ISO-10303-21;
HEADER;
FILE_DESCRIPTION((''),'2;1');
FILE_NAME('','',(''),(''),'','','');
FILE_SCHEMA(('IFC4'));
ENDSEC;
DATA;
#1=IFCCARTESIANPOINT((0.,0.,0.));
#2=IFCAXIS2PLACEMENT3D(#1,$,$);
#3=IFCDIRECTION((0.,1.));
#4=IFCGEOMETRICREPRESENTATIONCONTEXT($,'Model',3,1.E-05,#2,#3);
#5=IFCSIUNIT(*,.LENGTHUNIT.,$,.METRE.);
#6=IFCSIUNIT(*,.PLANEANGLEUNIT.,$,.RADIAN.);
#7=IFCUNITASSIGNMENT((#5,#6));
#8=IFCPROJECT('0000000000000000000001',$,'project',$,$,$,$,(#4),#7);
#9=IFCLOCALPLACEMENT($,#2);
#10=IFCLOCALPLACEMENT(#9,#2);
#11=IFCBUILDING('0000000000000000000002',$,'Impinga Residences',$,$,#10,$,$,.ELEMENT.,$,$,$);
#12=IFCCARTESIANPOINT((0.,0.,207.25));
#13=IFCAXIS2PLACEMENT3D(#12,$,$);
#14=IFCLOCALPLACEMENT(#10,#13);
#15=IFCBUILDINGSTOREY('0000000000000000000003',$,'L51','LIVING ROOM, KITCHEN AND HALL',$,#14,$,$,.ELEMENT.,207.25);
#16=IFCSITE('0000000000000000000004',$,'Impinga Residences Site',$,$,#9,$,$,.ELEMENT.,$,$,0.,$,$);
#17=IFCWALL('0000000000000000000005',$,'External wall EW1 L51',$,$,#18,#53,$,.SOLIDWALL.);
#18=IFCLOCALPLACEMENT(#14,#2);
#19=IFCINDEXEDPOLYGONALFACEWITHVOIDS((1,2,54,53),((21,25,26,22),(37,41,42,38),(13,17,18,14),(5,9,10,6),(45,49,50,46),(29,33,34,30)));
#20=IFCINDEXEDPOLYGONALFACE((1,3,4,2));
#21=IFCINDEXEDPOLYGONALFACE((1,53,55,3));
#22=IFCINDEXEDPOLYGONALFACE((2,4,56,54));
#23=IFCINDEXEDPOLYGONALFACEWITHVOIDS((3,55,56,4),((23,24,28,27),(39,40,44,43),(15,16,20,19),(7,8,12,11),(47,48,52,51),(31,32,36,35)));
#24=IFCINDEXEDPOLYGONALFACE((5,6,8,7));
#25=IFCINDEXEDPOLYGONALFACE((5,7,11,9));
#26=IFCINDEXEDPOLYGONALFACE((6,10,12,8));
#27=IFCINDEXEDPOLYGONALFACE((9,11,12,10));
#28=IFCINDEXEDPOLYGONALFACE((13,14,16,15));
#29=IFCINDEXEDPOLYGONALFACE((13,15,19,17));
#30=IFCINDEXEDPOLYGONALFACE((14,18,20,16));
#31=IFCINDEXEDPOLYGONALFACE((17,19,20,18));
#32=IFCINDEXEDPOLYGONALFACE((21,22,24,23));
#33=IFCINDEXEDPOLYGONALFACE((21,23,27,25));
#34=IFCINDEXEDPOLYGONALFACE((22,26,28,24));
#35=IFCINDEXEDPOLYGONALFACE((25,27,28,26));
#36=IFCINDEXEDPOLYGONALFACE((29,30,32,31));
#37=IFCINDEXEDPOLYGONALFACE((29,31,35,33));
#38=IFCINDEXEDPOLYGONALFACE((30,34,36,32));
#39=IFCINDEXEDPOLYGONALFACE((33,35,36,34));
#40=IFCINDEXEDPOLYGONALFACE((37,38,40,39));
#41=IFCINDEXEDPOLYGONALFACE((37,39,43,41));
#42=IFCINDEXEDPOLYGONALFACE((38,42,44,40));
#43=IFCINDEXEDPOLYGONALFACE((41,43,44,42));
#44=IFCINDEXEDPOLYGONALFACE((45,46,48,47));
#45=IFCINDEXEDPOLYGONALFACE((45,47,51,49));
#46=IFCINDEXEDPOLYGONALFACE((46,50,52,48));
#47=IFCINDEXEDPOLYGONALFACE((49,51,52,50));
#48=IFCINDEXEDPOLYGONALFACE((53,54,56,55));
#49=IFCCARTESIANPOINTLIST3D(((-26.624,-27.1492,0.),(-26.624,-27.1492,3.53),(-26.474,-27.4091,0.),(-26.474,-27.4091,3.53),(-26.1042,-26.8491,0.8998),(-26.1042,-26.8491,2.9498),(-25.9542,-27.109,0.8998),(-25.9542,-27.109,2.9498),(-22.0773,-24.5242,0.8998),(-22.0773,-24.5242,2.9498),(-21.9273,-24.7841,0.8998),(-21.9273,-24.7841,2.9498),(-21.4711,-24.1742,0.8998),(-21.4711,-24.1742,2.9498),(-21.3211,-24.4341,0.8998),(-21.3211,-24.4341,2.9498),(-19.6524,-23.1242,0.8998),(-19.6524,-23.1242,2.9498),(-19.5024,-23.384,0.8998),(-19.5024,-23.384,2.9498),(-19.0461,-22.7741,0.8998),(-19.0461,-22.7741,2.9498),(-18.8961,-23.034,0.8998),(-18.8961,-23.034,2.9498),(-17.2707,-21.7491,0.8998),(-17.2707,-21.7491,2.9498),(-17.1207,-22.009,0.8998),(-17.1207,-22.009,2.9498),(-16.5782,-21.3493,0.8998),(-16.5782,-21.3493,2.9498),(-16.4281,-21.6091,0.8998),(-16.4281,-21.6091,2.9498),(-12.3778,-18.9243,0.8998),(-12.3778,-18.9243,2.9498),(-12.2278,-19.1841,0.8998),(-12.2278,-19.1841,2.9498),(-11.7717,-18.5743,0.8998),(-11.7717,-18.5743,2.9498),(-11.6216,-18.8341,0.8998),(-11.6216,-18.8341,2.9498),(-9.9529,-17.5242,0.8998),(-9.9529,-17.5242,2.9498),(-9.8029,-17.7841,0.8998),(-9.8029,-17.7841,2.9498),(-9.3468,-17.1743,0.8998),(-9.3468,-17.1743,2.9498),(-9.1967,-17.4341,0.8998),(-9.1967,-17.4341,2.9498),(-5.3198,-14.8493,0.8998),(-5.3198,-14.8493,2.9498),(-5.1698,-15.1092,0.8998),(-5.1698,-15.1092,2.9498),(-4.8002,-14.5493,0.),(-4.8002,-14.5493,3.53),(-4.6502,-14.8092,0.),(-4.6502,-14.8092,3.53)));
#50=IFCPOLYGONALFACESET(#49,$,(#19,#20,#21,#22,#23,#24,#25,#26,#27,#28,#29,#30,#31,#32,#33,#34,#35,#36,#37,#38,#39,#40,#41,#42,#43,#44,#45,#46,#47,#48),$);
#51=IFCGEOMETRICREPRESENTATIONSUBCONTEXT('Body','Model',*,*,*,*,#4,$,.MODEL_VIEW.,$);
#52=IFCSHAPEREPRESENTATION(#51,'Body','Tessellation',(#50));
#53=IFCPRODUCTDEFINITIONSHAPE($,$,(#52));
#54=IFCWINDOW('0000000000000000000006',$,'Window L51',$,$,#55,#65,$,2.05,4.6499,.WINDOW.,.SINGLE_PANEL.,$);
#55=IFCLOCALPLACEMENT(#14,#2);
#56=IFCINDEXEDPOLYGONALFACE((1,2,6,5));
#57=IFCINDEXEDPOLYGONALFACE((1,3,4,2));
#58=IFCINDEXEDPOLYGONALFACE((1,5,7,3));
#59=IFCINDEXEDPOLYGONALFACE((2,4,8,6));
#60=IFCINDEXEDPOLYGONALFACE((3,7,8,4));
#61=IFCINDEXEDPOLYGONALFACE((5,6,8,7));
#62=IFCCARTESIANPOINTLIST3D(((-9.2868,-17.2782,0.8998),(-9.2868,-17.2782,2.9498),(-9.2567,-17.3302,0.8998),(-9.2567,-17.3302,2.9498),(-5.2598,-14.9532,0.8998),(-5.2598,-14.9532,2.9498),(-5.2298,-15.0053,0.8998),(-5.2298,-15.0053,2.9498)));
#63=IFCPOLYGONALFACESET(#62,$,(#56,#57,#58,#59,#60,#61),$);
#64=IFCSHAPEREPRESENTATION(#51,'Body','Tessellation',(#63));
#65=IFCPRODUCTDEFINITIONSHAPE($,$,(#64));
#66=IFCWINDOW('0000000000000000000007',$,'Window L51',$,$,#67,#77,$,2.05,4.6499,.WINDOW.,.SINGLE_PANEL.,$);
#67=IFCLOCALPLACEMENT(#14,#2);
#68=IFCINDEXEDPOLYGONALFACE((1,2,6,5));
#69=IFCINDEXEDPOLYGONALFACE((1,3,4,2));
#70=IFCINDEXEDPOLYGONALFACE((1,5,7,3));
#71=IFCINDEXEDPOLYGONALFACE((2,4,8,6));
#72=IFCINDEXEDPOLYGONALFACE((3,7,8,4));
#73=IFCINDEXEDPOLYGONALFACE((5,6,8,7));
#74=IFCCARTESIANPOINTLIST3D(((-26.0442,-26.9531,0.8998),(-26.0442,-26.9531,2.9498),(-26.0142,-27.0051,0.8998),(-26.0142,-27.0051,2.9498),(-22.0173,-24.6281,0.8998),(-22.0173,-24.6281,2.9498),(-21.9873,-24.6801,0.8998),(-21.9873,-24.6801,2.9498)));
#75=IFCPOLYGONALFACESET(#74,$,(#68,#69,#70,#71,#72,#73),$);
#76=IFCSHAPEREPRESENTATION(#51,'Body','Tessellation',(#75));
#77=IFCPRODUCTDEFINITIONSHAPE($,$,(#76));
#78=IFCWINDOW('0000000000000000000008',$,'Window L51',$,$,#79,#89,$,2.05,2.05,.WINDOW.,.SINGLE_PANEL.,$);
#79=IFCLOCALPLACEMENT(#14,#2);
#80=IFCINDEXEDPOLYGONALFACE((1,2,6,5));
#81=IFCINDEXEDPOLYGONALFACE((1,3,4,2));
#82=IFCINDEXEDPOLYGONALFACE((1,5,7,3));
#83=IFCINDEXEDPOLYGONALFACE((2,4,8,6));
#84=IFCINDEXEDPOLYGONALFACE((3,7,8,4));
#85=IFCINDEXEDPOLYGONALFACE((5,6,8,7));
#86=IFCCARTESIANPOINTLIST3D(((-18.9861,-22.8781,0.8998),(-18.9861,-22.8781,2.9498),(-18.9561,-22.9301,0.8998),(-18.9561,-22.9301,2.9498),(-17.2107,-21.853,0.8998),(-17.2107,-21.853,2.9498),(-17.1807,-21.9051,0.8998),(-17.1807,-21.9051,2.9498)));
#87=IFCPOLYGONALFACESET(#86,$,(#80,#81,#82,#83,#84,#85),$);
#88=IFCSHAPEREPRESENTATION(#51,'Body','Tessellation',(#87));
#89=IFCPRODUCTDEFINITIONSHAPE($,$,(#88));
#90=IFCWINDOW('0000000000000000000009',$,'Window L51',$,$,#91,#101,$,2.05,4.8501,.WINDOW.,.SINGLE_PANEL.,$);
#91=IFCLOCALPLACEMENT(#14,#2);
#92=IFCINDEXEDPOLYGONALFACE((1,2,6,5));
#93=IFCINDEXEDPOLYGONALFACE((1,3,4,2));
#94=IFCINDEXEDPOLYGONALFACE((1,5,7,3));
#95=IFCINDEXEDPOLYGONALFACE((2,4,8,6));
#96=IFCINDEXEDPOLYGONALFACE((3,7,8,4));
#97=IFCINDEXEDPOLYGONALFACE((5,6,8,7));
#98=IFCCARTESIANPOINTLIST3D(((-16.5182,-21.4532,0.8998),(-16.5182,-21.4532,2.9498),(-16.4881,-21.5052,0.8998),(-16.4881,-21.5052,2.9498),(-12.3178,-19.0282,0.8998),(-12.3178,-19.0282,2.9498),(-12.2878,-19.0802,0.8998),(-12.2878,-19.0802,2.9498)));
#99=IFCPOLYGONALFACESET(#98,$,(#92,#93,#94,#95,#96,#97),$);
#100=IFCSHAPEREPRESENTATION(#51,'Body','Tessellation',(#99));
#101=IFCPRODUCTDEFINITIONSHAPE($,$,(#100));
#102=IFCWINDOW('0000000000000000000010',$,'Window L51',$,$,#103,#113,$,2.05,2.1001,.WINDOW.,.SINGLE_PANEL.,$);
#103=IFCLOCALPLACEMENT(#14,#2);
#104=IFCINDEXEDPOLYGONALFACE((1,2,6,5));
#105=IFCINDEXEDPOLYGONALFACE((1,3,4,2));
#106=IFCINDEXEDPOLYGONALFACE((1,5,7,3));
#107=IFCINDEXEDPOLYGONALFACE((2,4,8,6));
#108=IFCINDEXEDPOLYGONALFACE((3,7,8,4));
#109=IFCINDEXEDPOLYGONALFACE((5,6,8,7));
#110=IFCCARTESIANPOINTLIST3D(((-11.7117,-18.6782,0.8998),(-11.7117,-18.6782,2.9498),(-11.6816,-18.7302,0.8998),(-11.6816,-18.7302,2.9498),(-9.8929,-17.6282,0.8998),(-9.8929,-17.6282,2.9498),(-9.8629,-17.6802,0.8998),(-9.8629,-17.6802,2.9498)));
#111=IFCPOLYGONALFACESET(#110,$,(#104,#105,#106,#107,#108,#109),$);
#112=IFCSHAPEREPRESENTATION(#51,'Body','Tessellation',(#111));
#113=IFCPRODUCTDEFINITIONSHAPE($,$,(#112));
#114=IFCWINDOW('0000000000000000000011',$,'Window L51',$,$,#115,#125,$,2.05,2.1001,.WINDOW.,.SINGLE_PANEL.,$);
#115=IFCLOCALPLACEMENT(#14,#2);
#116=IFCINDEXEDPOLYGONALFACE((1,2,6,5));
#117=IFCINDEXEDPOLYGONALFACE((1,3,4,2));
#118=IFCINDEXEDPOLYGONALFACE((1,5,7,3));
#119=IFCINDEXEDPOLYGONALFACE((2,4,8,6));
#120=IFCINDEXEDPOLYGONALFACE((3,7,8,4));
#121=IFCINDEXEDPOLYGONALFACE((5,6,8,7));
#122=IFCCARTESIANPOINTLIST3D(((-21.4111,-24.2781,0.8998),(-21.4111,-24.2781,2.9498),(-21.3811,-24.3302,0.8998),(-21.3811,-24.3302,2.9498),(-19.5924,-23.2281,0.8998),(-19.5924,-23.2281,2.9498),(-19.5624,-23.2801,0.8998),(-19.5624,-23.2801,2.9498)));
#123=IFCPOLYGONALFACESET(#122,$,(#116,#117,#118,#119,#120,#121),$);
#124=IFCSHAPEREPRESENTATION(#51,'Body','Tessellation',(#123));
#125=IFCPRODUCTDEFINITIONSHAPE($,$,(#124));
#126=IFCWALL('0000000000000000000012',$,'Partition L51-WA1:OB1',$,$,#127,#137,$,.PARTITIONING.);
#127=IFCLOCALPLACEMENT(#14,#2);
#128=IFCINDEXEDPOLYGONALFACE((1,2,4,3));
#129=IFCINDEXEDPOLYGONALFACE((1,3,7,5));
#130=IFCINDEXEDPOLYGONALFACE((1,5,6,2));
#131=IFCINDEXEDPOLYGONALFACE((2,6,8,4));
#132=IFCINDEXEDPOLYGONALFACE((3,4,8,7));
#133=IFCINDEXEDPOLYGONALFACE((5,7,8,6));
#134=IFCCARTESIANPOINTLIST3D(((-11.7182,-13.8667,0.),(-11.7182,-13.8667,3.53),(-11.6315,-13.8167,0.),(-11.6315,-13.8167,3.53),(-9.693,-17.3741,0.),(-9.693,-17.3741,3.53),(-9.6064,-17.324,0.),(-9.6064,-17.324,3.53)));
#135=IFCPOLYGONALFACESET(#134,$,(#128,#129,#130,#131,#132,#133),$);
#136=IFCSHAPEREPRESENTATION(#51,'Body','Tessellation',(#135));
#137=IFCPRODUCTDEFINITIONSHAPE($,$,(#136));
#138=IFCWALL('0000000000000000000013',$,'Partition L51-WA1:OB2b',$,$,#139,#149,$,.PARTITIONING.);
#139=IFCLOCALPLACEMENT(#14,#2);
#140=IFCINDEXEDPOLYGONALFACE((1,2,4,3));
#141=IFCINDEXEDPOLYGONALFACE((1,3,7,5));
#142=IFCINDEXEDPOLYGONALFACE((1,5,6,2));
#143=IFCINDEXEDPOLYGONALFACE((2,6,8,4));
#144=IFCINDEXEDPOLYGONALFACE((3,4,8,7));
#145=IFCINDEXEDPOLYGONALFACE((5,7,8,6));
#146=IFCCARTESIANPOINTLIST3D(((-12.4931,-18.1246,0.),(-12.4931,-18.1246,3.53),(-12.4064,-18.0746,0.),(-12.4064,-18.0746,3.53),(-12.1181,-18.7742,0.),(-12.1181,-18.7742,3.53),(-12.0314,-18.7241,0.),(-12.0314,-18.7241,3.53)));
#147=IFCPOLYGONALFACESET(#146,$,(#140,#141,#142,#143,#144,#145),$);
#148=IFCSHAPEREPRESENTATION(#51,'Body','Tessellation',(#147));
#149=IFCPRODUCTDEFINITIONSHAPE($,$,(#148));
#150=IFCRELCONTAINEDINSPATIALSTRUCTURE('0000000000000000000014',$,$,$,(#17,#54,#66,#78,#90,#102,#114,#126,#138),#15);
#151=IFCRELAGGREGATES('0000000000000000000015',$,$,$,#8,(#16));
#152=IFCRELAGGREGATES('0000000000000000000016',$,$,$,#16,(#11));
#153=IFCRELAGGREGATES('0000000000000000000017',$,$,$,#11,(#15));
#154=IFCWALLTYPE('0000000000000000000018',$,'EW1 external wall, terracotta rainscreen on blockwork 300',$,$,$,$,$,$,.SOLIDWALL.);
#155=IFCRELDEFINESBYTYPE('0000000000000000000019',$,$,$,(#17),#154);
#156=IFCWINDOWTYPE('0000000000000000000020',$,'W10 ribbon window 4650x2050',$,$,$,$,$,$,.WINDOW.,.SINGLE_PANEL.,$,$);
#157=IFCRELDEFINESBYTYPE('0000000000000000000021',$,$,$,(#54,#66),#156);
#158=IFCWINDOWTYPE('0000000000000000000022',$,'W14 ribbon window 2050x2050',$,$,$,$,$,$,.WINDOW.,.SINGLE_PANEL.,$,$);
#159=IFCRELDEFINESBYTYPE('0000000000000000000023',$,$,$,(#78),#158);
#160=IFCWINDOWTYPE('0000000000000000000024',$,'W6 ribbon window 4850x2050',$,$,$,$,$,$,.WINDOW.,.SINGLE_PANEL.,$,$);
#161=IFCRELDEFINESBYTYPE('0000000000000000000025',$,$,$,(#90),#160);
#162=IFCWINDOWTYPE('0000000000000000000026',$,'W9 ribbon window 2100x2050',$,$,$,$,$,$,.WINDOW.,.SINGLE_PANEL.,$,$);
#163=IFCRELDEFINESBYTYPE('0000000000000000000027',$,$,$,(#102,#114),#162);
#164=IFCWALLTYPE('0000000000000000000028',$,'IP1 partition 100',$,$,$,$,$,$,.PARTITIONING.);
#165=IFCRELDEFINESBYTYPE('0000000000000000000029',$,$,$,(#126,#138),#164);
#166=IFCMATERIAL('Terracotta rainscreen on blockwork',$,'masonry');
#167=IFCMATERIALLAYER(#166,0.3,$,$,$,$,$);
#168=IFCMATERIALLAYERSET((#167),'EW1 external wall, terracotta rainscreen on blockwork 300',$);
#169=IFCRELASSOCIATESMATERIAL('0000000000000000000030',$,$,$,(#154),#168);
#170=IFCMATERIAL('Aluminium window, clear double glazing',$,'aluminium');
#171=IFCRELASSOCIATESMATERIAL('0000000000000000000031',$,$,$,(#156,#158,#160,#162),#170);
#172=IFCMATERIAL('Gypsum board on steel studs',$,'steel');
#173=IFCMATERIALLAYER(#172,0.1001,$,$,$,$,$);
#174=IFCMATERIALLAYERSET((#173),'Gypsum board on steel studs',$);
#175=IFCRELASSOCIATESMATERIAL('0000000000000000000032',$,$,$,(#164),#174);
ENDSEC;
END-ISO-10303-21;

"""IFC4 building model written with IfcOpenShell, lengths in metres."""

from ifc_helpers import new_model, si_unit, direction, frame, frame_2d, origin, place, context, subcontext, project, spatial, rectangle, extrude, material, layer, layer_set, type_object, element, fill, save


model = new_model("IFC4")

# Units and contexts
model_context = context("Model", 3, precision=1e-05, world=origin(), true_north=direction((0.0, 1.0)))
body_context = subcontext(model_context, "Body", "Model", "MODEL_VIEW")
ifc_project = project(units=[si_unit("LENGTHUNIT", "METRE"), si_unit("PLANEANGLEUNIT", "RADIAN")], contexts=[model_context])

# Site, building, storey
site_placement = place(None, origin())
site = spatial("IfcSite", under=ifc_project, at=site_placement, Name="Impinga Residences Site", CompositionType="ELEMENT", RefElevation=0.0)
building_placement = place(site_placement, origin())
building = spatial("IfcBuilding", under=site, at=building_placement, Name="Impinga Residences", CompositionType="ELEMENT")
storey_placement = place(building_placement, frame((0.0, 0.0, 207.25)))
storey = spatial("IfcBuildingStorey", under=building, at=storey_placement, Name="L51", Description="LIVING ROOM, KITCHEN AND HALL", CompositionType="ELEMENT", Elevation=207.25)

# Shared definitions
ifc_material_1 = material(Name="Terracotta rainscreen on blockwork", Category="masonry")
ifc_layer_1 = layer(ifc_material_1, 0.3)
ifc_layer_set_1 = layer_set([ifc_layer_1], Name="EW1 external wall, terracotta rainscreen on blockwork 300")
wall_type_1 = type_object("IfcWallType", Name="EW1 external wall, terracotta rainscreen on blockwork 300", PredefinedType="SOLIDWALL", material=ifc_layer_set_1)

# Wall, openings, windows
wall_1_placement = place(storey_placement, frame((-4.7251, -14.6792, 0.0), z_axis=(0.0, 0.0, 1.0), x_axis=(-0.866027, -0.499998, 0.0)))
wall_1 = element("IfcWall", 1, at=wall_1_placement, inside=storey, type_object=wall_type_1, Name="External wall EW1 L51", PredefinedType="SOLIDWALL", context=body_context, shape_type="SweptSolid", body=[
    extrude(rectangle(XDim=25.2, YDim=0.3, at=frame_2d((12.6001, 0.0))), origin(), (0.0, 0.0, 1.0), 3.53),
])
opening_1_placement = place(wall_1_placement, frame((0.6001, 0.0, 0.8999)))
opening_1 = element("IfcOpeningElement", 2, at=opening_1_placement, cuts=wall_1, PredefinedType="OPENING", context=body_context, shape_type="SweptSolid", body=[
    extrude(rectangle(XDim=4.6499, YDim=2.05, at=frame_2d((2.325, 1.0249))), frame((0.0, 0.1599, 0.0), z_axis=(0.0, -1.0, 0.0), x_axis=(1.0, 0.0, 0.0)), (0.0, 0.0, 1.0), 0.3201),
])
opening_2_placement = place(wall_1_placement, frame((5.95, 0.0, 0.8999)))
opening_2 = element("IfcOpeningElement", 3, at=opening_2_placement, cuts=wall_1, PredefinedType="OPENING", context=body_context, shape_type="SweptSolid", body=[
    extrude(rectangle(XDim=2.1001, YDim=2.05, at=frame_2d((1.05, 1.0249))), frame((0.0, 0.1599, 0.0), z_axis=(0.0, -1.0, 0.0), x_axis=(1.0, 0.0, 0.0)), (0.0, 0.0, 1.0), 0.3201),
])
opening_3_placement = place(wall_1_placement, frame((8.75, 0.0, 0.8999)))
opening_3 = element("IfcOpeningElement", 4, at=opening_3_placement, cuts=wall_1, PredefinedType="OPENING", context=body_context, shape_type="SweptSolid", body=[
    extrude(rectangle(XDim=4.8501, YDim=2.05, at=frame_2d((2.425, 1.0249))), frame((0.0, 0.1599, 0.0), z_axis=(0.0, -1.0, 0.0), x_axis=(1.0, 0.0, 0.0)), (0.0, 0.0, 1.0), 0.3201),
])
opening_4_placement = place(wall_1_placement, frame((14.3999, 0.0, 0.8999)))
opening_4 = element("IfcOpeningElement", 5, at=opening_4_placement, cuts=wall_1, PredefinedType="OPENING", context=body_context, shape_type="SweptSolid", body=[
    extrude(rectangle(XDim=2.05, YDim=2.05, at=frame_2d((1.0249, 1.0249))), frame((0.0, 0.1599, 0.0), z_axis=(0.0, -1.0, 0.0), x_axis=(1.0, 0.0, 0.0)), (0.0, 0.0, 1.0), 0.3201),
])
opening_5_placement = place(wall_1_placement, frame((17.1499, 0.0, 0.8999)))
opening_5 = element("IfcOpeningElement", 6, at=opening_5_placement, cuts=wall_1, PredefinedType="OPENING", context=body_context, shape_type="SweptSolid", body=[
    extrude(rectangle(XDim=2.1001, YDim=2.05, at=frame_2d((1.05, 1.0249))), frame((0.0, 0.1599, 0.0), z_axis=(0.0, -1.0, 0.0), x_axis=(1.0, 0.0, 0.0)), (0.0, 0.0, 1.0), 0.3201),
])
opening_6_placement = place(wall_1_placement, frame((19.95, 0.0, 0.8999)))
opening_6 = element("IfcOpeningElement", 7, at=opening_6_placement, cuts=wall_1, PredefinedType="OPENING", context=body_context, shape_type="SweptSolid", body=[
    extrude(rectangle(XDim=4.6499, YDim=2.05, at=frame_2d((2.325, 1.0249))), frame((0.0, 0.1599, 0.0), z_axis=(0.0, -1.0, 0.0), x_axis=(1.0, 0.0, 0.0)), (0.0, 0.0, 1.0), 0.3201),
])
ifc_material_2 = material(Name="Aluminium window, clear double glazing", Category="aluminium")
window_type_1 = type_object("IfcWindowType", Name="W10 ribbon window 4650x2050", PartitioningType="SINGLE_PANEL", PredefinedType="WINDOW", material=ifc_material_2)
window_1_placement = place(opening_1_placement, origin())
window_1 = element("IfcWindow", 8, at=window_1_placement, inside=storey, type_object=window_type_1, Name="Window L51", OverallHeight=2.05, OverallWidth=4.6499, PartitioningType="SINGLE_PANEL", PredefinedType="WINDOW", context=body_context, shape_type="SweptSolid", body=[
    extrude(rectangle(XDim=4.6499, YDim=2.05, at=frame_2d((2.325, 1.0249))), frame((0.0, 0.03, 0.0), z_axis=(0.0, -1.0, 0.0), x_axis=(1.0, 0.0, 0.0)), (0.0, 0.0, 1.0), 0.0601),
])
fill(opening_1, window_1)
window_2_placement = place(opening_6_placement, origin())
window_2 = element("IfcWindow", 9, at=window_2_placement, inside=storey, type_object=window_type_1, Name="Window L51", OverallHeight=2.05, OverallWidth=4.6499, PartitioningType="SINGLE_PANEL", PredefinedType="WINDOW", context=body_context, shape_type="SweptSolid", body=[
    extrude(rectangle(XDim=4.6499, YDim=2.05, at=frame_2d((2.325, 1.0249))), frame((0.0, 0.03, 0.0), z_axis=(0.0, -1.0, 0.0), x_axis=(1.0, 0.0, 0.0)), (0.0, 0.0, 1.0), 0.0601),
])
fill(opening_6, window_2)
window_type_2 = type_object("IfcWindowType", Name="W14 ribbon window 2050x2050", PartitioningType="SINGLE_PANEL", PredefinedType="WINDOW", material=ifc_material_2)
window_3_placement = place(opening_4_placement, origin())
window_3 = element("IfcWindow", 10, at=window_3_placement, inside=storey, type_object=window_type_2, Name="Window L51", OverallHeight=2.05, OverallWidth=2.05, PartitioningType="SINGLE_PANEL", PredefinedType="WINDOW", context=body_context, shape_type="SweptSolid", body=[
    extrude(rectangle(XDim=2.05, YDim=2.05, at=frame_2d((1.0249, 1.0249))), frame((0.0, 0.03, 0.0), z_axis=(0.0, -1.0, 0.0), x_axis=(1.0, 0.0, 0.0)), (0.0, 0.0, 1.0), 0.0601),
])
fill(opening_4, window_3)
window_type_3 = type_object("IfcWindowType", Name="W6 ribbon window 4850x2050", PartitioningType="SINGLE_PANEL", PredefinedType="WINDOW", material=ifc_material_2)
window_4_placement = place(opening_3_placement, origin())
window_4 = element("IfcWindow", 11, at=window_4_placement, inside=storey, type_object=window_type_3, Name="Window L51", OverallHeight=2.05, OverallWidth=4.8501, PartitioningType="SINGLE_PANEL", PredefinedType="WINDOW", context=body_context, shape_type="SweptSolid", body=[
    extrude(rectangle(XDim=4.8501, YDim=2.05, at=frame_2d((2.425, 1.0249))), frame((0.0, 0.03, 0.0), z_axis=(0.0, -1.0, 0.0), x_axis=(1.0, 0.0, 0.0)), (0.0, 0.0, 1.0), 0.0601),
])
fill(opening_3, window_4)
window_type_4 = type_object("IfcWindowType", Name="W9 ribbon window 2100x2050", PartitioningType="SINGLE_PANEL", PredefinedType="WINDOW", material=ifc_material_2)
window_5_placement = place(opening_2_placement, origin())
window_5 = element("IfcWindow", 12, at=window_5_placement, inside=storey, type_object=window_type_4, Name="Window L51", OverallHeight=2.05, OverallWidth=2.1001, PartitioningType="SINGLE_PANEL", PredefinedType="WINDOW", context=body_context, shape_type="SweptSolid", body=[
    extrude(rectangle(XDim=2.1001, YDim=2.05, at=frame_2d((1.05, 1.0249))), frame((0.0, 0.03, 0.0), z_axis=(0.0, -1.0, 0.0), x_axis=(1.0, 0.0, 0.0)), (0.0, 0.0, 1.0), 0.0601),
])
fill(opening_2, window_5)
window_6_placement = place(opening_5_placement, origin())
window_6 = element("IfcWindow", 13, at=window_6_placement, inside=storey, type_object=window_type_4, Name="Window L51", OverallHeight=2.05, OverallWidth=2.1001, PartitioningType="SINGLE_PANEL", PredefinedType="WINDOW", context=body_context, shape_type="SweptSolid", body=[
    extrude(rectangle(XDim=2.1001, YDim=2.05, at=frame_2d((1.05, 1.0249))), frame((0.0, 0.03, 0.0), z_axis=(0.0, -1.0, 0.0), x_axis=(1.0, 0.0, 0.0)), (0.0, 0.0, 1.0), 0.0601),
])
fill(opening_5, window_6)

# Walls
ifc_material_3 = material(Name="Gypsum board on steel studs", Category="steel")
ifc_layer_2 = layer(ifc_material_3, 0.1001)
ifc_layer_set_2 = layer_set([ifc_layer_2], Name="Gypsum board on steel studs")
wall_type_2 = type_object("IfcWallType", Name="IP1 partition 100", PredefinedType="PARTITIONING", material=ifc_layer_set_2)
wall_2_placement = place(storey_placement, frame((-11.6748, -13.8418, 0.0), z_axis=(0.0, 0.0, 1.0), x_axis=(0.500036, -0.866005, 0.0)))
element("IfcWall", 14, at=wall_2_placement, inside=storey, type_object=wall_type_2, Name="Partition L51-WA1:OB1", PredefinedType="PARTITIONING", context=body_context, shape_type="SweptSolid", body=[
    extrude(rectangle(XDim=4.05, YDim=0.1001, at=frame_2d((2.0249, 0.0))), origin(), (0.0, 0.0, 1.0), 3.53),
])
wall_3_placement = place(storey_placement, frame((-12.4497, -18.0996, 0.0), z_axis=(0.0, 0.0, 1.0), x_axis=(0.49992, -0.866072, 0.0)))
element("IfcWall", 15, at=wall_3_placement, inside=storey, type_object=wall_type_2, Name="Partition L51-WA1:OB2b", PredefinedType="PARTITIONING", context=body_context, shape_type="SweptSolid", body=[
    extrude(rectangle(XDim=0.75, YDim=0.1001, at=frame_2d((0.375, 0.0))), origin(), (0.0, 0.0, 1.0), 3.53),
])

save(model, "model.ifc")
